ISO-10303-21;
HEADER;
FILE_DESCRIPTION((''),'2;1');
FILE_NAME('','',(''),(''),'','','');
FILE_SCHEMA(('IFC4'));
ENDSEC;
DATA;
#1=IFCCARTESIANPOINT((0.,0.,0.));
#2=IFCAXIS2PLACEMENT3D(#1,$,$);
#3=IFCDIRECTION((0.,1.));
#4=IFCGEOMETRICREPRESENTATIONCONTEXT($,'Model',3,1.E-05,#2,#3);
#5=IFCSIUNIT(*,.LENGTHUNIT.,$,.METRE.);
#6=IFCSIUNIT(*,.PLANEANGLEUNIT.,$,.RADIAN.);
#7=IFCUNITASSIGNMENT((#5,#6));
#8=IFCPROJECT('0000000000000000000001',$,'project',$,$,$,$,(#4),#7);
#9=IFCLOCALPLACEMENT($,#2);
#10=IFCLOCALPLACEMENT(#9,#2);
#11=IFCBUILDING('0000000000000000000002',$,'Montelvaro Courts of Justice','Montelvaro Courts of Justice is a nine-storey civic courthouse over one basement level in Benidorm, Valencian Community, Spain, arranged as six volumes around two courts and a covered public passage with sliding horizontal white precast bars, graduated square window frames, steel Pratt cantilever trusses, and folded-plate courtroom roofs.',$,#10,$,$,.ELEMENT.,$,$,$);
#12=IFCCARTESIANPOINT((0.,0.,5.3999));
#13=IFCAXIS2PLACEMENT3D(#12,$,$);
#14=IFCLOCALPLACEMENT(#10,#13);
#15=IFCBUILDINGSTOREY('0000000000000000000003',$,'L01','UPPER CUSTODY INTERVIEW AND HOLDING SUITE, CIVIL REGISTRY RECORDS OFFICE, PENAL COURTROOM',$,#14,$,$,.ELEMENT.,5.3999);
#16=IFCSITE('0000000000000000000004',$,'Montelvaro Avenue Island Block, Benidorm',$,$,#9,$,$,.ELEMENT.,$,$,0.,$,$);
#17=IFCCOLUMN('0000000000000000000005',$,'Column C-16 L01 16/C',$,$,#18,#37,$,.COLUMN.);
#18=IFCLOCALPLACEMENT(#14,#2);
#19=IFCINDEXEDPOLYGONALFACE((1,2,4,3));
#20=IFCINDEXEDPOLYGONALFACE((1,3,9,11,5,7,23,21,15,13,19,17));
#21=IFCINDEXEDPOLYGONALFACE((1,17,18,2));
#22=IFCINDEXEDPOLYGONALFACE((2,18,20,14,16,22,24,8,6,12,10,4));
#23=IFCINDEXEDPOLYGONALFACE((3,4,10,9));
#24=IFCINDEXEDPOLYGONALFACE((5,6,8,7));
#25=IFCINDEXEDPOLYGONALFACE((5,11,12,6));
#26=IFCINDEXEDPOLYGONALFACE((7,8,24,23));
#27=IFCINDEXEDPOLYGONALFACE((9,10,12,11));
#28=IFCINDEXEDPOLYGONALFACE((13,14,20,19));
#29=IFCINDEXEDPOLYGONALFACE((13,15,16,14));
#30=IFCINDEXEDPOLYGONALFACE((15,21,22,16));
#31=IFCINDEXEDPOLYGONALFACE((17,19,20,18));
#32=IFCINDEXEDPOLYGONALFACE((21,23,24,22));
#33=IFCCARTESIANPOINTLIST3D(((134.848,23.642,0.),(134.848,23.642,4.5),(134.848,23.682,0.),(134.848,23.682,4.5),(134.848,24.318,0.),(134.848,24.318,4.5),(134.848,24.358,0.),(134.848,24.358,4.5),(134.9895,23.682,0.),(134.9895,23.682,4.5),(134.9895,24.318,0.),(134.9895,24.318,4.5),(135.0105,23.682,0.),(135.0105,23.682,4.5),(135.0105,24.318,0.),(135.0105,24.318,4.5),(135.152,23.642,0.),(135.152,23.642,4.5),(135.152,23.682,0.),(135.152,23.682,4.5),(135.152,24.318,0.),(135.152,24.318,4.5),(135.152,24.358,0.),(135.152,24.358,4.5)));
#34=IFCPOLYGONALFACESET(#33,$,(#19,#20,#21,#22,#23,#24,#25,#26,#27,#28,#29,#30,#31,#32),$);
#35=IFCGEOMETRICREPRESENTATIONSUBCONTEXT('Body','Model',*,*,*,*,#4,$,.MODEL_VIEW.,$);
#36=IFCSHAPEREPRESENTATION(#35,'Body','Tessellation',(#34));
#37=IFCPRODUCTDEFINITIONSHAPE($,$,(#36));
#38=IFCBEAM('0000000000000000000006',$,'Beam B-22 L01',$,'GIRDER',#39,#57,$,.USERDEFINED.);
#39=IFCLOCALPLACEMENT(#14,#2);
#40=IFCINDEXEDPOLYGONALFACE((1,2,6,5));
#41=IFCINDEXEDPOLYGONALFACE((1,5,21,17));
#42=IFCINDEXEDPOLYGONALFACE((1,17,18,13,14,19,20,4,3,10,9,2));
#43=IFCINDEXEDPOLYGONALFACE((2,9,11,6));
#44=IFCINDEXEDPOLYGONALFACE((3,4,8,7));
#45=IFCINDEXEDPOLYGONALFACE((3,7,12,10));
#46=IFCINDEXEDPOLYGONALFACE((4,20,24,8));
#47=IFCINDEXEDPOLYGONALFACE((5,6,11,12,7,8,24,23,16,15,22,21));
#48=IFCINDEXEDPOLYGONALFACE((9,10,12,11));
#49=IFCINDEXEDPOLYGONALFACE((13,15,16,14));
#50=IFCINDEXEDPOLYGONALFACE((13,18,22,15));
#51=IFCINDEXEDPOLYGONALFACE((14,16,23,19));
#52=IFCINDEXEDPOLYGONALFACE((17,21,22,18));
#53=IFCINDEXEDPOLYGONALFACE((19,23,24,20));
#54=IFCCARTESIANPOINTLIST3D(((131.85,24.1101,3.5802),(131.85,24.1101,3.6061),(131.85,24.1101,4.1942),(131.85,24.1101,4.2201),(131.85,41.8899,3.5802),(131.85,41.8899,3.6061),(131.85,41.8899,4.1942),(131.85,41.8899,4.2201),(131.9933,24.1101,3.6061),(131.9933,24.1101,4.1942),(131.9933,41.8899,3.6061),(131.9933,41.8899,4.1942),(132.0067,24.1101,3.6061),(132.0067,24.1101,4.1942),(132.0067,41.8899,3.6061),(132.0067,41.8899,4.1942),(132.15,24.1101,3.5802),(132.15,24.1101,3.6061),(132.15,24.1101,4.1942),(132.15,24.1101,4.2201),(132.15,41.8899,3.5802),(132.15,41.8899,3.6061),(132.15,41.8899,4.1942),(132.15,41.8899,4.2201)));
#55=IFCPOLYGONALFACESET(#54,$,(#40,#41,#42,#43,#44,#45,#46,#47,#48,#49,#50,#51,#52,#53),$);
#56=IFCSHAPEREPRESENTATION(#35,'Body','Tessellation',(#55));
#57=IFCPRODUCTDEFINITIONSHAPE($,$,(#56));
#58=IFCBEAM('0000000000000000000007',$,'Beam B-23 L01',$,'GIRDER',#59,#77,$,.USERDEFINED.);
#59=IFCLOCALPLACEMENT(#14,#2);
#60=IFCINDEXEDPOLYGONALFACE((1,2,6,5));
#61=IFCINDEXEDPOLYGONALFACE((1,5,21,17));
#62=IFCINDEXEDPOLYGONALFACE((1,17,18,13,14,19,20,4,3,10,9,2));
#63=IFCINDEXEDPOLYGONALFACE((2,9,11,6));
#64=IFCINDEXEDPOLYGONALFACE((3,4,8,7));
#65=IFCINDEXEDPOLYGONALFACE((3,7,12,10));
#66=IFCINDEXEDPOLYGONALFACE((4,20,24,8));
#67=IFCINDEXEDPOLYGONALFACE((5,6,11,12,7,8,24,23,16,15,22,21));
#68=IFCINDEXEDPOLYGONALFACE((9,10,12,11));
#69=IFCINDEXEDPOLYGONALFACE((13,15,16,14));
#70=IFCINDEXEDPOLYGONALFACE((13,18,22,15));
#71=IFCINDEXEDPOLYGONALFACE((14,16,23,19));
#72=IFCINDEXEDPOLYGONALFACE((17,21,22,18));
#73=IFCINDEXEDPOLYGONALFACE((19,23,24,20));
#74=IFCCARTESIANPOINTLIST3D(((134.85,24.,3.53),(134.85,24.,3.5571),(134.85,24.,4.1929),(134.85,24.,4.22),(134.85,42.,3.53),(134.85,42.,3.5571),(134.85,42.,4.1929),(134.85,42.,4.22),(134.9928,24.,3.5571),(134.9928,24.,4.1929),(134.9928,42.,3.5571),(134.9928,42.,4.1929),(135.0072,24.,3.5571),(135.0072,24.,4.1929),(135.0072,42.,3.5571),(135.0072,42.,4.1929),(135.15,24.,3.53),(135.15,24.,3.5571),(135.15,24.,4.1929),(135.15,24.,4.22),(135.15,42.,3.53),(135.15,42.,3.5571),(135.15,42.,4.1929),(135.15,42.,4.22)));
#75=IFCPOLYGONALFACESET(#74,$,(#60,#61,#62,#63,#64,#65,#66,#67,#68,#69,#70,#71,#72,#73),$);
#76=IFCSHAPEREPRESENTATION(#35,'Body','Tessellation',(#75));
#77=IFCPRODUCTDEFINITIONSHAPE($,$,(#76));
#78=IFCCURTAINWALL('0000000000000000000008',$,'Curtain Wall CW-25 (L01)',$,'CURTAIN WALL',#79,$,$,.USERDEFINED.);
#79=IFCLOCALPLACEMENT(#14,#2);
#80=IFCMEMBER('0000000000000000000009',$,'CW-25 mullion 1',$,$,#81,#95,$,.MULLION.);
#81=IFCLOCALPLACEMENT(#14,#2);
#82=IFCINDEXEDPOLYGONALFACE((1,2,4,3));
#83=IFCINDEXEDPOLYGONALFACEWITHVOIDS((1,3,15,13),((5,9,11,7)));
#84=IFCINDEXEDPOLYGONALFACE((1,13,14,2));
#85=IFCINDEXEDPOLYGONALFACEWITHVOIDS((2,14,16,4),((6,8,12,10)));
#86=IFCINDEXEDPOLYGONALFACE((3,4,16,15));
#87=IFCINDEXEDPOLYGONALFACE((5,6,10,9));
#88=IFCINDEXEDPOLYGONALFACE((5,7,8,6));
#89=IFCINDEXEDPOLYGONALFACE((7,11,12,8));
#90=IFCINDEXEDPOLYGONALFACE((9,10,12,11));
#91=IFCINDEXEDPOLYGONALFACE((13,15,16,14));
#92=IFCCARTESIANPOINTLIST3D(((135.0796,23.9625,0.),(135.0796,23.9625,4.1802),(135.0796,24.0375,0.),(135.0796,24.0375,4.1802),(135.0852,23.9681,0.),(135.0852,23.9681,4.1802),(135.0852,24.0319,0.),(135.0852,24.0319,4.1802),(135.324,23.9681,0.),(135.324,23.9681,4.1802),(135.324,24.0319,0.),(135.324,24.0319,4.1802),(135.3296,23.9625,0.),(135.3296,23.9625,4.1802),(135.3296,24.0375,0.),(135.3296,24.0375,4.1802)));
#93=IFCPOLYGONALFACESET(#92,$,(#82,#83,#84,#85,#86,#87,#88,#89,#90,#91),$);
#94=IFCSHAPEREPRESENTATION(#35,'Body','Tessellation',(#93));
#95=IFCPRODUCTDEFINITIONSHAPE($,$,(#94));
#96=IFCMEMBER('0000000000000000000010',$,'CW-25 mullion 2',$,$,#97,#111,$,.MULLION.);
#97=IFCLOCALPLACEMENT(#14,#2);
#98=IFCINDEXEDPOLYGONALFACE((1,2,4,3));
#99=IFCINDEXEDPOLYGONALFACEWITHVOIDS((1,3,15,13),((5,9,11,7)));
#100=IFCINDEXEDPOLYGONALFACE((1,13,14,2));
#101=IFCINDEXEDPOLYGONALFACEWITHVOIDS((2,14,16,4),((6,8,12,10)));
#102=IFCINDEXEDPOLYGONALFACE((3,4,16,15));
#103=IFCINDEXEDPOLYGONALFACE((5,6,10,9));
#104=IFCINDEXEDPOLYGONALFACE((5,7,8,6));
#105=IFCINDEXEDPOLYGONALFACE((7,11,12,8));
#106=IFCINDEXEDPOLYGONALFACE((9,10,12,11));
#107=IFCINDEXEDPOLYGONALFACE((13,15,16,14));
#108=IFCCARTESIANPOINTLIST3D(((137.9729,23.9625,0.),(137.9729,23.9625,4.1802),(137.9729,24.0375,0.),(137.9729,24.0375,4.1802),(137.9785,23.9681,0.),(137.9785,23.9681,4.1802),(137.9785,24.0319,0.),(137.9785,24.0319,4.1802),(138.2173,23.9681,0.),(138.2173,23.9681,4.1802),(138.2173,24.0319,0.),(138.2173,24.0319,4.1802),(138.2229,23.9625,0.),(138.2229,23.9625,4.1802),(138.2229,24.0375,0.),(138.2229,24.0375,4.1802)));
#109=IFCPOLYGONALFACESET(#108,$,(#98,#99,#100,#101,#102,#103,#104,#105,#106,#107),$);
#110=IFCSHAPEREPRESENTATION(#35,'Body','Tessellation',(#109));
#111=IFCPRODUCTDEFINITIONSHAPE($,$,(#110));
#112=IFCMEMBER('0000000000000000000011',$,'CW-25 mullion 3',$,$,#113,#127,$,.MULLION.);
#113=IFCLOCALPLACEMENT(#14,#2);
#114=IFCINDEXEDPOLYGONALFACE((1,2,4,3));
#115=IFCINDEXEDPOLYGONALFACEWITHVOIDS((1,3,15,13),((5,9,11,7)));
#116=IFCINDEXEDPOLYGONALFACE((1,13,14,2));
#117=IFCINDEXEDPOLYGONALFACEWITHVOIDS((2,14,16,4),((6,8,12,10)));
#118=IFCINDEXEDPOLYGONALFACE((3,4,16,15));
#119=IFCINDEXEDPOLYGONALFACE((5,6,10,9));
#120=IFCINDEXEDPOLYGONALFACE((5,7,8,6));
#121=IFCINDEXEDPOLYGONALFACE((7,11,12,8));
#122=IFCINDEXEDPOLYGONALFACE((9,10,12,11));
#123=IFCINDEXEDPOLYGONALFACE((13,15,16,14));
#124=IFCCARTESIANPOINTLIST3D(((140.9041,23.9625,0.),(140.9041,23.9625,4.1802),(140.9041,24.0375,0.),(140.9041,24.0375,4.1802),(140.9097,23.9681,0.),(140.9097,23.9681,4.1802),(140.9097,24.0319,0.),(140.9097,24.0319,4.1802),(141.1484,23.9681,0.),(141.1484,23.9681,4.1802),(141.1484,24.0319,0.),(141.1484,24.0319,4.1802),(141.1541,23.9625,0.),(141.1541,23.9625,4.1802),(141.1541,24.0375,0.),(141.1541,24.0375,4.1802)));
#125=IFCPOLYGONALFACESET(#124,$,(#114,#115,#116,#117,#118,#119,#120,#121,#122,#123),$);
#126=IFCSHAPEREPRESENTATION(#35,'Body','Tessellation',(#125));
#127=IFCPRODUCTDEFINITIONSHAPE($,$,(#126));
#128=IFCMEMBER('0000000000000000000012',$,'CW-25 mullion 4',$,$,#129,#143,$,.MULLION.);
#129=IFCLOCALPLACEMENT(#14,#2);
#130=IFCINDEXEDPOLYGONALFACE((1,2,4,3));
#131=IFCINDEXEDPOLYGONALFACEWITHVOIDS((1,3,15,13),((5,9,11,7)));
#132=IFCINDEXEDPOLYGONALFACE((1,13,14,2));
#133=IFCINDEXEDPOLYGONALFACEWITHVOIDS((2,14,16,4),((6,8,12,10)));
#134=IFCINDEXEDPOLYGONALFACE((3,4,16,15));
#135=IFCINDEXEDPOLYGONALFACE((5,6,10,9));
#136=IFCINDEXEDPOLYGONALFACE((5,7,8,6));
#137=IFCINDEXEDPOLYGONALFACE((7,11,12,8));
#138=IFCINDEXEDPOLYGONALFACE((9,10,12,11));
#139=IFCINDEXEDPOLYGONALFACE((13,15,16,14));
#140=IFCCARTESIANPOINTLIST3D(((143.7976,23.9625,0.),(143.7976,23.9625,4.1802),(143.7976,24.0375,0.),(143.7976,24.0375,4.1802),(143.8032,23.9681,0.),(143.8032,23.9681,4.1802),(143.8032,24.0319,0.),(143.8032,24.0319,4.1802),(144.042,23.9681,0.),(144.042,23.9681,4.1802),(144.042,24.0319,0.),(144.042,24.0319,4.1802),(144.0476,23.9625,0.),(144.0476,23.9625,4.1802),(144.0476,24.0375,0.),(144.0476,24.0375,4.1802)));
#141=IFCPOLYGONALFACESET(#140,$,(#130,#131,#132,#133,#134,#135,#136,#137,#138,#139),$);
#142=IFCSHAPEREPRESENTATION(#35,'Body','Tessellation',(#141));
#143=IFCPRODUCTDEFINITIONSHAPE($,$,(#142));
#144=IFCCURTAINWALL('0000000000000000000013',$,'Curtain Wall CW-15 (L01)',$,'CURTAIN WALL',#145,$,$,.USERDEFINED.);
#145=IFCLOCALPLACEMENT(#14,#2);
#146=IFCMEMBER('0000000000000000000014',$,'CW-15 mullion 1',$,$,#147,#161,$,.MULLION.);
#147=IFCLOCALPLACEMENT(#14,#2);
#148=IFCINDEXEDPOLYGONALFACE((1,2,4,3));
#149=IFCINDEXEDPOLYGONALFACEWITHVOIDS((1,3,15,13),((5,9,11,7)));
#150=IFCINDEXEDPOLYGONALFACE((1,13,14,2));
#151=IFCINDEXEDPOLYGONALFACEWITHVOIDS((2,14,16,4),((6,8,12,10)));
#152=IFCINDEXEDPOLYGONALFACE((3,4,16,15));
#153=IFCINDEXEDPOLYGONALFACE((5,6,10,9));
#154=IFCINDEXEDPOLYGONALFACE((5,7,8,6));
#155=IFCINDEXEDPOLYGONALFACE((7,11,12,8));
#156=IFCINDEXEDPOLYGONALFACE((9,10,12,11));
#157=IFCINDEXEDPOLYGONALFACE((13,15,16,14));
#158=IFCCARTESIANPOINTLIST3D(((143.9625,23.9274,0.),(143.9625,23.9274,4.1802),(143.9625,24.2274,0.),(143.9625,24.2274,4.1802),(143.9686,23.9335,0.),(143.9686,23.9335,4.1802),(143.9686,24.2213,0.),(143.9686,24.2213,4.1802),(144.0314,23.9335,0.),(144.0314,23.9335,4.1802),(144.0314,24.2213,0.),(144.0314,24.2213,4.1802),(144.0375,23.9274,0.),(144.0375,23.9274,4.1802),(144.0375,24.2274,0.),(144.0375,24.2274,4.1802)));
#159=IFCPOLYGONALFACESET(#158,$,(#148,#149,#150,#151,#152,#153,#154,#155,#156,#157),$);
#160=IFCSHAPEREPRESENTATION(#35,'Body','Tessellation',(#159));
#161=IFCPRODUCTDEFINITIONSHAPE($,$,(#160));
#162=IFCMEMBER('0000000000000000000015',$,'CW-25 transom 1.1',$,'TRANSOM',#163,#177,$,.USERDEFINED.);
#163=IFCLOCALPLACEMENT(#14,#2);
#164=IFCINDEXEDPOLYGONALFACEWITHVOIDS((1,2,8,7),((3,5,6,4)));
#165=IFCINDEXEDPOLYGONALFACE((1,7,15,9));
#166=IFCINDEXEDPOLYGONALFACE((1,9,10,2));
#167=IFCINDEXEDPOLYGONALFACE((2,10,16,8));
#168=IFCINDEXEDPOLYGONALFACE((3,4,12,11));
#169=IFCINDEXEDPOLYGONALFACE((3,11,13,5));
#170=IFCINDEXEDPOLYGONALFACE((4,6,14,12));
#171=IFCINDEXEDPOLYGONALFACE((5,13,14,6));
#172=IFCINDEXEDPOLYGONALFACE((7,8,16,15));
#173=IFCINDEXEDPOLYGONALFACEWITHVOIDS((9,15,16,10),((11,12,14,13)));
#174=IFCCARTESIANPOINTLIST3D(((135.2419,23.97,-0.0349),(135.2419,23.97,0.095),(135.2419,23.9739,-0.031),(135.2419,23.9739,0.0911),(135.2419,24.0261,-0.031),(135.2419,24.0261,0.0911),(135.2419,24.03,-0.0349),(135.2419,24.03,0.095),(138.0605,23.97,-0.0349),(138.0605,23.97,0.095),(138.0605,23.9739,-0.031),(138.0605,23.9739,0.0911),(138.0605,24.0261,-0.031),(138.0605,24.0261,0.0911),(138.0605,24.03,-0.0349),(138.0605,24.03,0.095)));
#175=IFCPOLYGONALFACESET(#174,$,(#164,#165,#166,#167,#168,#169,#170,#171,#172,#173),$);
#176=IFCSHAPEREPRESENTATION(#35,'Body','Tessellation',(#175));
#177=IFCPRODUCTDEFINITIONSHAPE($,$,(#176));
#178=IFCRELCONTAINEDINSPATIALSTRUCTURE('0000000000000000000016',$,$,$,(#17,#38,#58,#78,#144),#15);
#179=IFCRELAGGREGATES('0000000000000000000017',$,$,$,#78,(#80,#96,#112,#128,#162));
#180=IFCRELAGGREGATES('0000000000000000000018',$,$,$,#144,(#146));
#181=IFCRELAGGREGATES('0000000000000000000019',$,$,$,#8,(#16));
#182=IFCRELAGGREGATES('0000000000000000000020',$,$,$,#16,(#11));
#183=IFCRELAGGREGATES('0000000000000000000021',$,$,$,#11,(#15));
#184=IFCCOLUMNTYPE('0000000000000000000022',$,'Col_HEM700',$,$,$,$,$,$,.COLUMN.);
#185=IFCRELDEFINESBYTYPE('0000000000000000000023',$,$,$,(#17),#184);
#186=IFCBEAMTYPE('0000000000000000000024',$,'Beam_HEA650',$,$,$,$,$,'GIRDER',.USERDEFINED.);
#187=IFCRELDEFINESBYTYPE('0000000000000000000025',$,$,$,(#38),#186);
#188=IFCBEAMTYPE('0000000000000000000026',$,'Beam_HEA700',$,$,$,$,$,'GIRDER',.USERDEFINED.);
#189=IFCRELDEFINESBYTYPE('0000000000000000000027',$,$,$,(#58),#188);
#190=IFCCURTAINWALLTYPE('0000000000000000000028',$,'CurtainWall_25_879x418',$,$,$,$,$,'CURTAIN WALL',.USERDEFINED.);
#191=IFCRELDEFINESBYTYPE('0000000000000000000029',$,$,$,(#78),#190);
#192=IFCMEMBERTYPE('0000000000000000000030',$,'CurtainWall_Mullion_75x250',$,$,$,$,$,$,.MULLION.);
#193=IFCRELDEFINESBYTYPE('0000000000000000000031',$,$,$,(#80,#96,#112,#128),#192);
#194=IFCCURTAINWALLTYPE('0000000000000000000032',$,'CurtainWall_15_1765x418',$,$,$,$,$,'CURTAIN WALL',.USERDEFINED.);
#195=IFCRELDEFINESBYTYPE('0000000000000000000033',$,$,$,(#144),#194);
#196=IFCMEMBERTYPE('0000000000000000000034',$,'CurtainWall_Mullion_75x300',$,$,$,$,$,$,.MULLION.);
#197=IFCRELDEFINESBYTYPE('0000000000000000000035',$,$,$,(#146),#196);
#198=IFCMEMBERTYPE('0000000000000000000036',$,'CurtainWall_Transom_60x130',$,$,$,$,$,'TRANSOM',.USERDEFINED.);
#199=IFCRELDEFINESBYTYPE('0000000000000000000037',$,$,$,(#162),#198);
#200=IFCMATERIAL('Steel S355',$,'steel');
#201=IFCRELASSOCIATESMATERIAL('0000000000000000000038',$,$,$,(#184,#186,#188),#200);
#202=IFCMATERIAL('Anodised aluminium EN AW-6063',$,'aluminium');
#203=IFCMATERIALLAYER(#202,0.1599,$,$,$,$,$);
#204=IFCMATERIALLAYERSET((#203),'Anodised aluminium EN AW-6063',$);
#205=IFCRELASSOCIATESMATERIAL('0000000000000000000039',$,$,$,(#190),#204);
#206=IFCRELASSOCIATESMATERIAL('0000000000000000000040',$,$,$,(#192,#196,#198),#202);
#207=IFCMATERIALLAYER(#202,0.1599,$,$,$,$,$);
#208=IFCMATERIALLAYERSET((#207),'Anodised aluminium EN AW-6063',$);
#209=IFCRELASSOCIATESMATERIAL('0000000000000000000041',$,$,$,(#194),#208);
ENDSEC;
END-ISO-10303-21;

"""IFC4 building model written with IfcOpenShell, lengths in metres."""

from ifc_helpers import new_model, si_unit, direction, frame, origin, origin_2d, place, context, subcontext, project, spatial, hollow_rectangle, i_section, extrude, material, layer, layer_set, material_profile, profile_set, type_object, element, aggregate, save


model = new_model("IFC4")

# Units and contexts
model_context = context("Model", 3, precision=1e-05, world=origin(), true_north=direction((0.0, 1.0)))
body_context = subcontext(model_context, "Body", "Model", "MODEL_VIEW")
ifc_project = project(units=[si_unit("LENGTHUNIT", "METRE"), si_unit("PLANEANGLEUNIT", "RADIAN")], contexts=[model_context])

# Site, building, storey
site_placement = place(None, origin())
site = spatial("IfcSite", under=ifc_project, at=site_placement, Name="Montelvaro Avenue Island Block, Benidorm", CompositionType="ELEMENT", RefElevation=0.0)
building_placement = place(site_placement, origin())
building = spatial("IfcBuilding", under=site, at=building_placement, Name="Montelvaro Courts of Justice", Description="Montelvaro Courts of Justice is a nine-storey civic courthouse over one basement level in Benidorm, Valencian Community, Spain, arranged as six volumes around two courts and a covered public passage with sliding horizontal white precast bars, graduated square window frames, steel Pratt cantilever trusses, and folded-plate courtroom roofs.", CompositionType="ELEMENT")
storey_placement = place(building_placement, frame((0.0, 0.0, 5.3999)))
storey = spatial("IfcBuildingStorey", under=building, at=storey_placement, Name="L01", Description="UPPER CUSTODY INTERVIEW AND HOLDING SUITE, CIVIL REGISTRY RECORDS OFFICE, PENAL COURTROOM", CompositionType="ELEMENT", Elevation=5.3999)

# Column
ifc_material_1 = material(Name="Steel S355", Category="steel")
ifc_material_profile_1 = material_profile(ifc_material_1, i_section(OverallWidth=0.304, OverallDepth=0.7161, WebThickness=0.021, FlangeThickness=0.04, at=origin_2d()), Name="HEM 700")
ifc_profile_set_1 = profile_set([ifc_material_profile_1], Name="Steel S355")
column_type = type_object("IfcColumnType", Name="Col_HEM700", PredefinedType="COLUMN", material=ifc_profile_set_1)
column_placement = place(storey_placement, frame((135.0, 24.0, 0.0), z_axis=(0.0, 0.0, 1.0), x_axis=(1.0, 0.0, 0.0)))
element("IfcColumn", 1, at=column_placement, inside=storey, type_object=column_type, Name="Column C-16 L01 16/C", PredefinedType="COLUMN", context=body_context, shape_type="SweptSolid", body=[
    extrude(i_section(OverallWidth=0.304, OverallDepth=0.7161, WebThickness=0.021, FlangeThickness=0.04, at=origin_2d()), origin(), (0.0, 0.0, 1.0), 4.5),
])

# Beams
ifc_material_profile_2 = material_profile(ifc_material_1, i_section(OverallWidth=0.3, OverallDepth=0.6399, WebThickness=0.0134, FlangeThickness=0.0259, at=origin_2d()), Name="HEA 650")
ifc_profile_set_2 = profile_set([ifc_material_profile_2], Name="Steel S355")
beam_type_1 = type_object("IfcBeamType", Name="Beam_HEA650", ElementType="GIRDER", PredefinedType="USERDEFINED", material=ifc_profile_set_2)
beam_1_placement = place(storey_placement, frame((132.0, 24.1101, 3.9001), z_axis=(0.0, 1.0, 0.0), x_axis=(-1.0, 0.0, 0.0)))
element("IfcBeam", 2, at=beam_1_placement, inside=storey, type_object=beam_type_1, Name="Beam B-22 L01", ObjectType="GIRDER", PredefinedType="USERDEFINED", context=body_context, shape_type="SweptSolid", body=[
    extrude(i_section(OverallWidth=0.3, OverallDepth=0.6399, WebThickness=0.0134, FlangeThickness=0.0259, at=origin_2d()), origin(), (0.0, 0.0, 1.0), 17.7798),
])
ifc_material_profile_3 = material_profile(ifc_material_1, i_section(OverallWidth=0.3, OverallDepth=0.6899, WebThickness=0.0144, FlangeThickness=0.0271, at=origin_2d()), Name="HEA 700")
ifc_profile_set_3 = profile_set([ifc_material_profile_3], Name="Steel S355")
beam_type_2 = type_object("IfcBeamType", Name="Beam_HEA700", ElementType="GIRDER", PredefinedType="USERDEFINED", material=ifc_profile_set_3)
beam_2_placement = place(storey_placement, frame((135.0, 24.0, 3.875), z_axis=(0.0, 1.0, 0.0), x_axis=(-1.0, 0.0, 0.0)))
element("IfcBeam", 3, at=beam_2_placement, inside=storey, type_object=beam_type_2, Name="Beam B-23 L01", ObjectType="GIRDER", PredefinedType="USERDEFINED", context=body_context, shape_type="SweptSolid", body=[
    extrude(i_section(OverallWidth=0.3, OverallDepth=0.6899, WebThickness=0.0144, FlangeThickness=0.0271, at=origin_2d()), origin(), (0.0, 0.0, 1.0), 18.0),
])

# Curtain wall, members
ifc_material_2 = material(Name="Anodised aluminium EN AW-6063", Category="aluminium")
ifc_layer_1 = layer(ifc_material_2, 0.1599)
ifc_layer_set_1 = layer_set([ifc_layer_1], Name="Anodised aluminium EN AW-6063")
curtain_wall_type_1 = type_object("IfcCurtainWallType", Name="CurtainWall_25_879x418", ElementType="CURTAIN WALL", PredefinedType="USERDEFINED", material=ifc_layer_set_1)
curtain_wall_1_placement = place(storey_placement, origin())
curtain_wall_1 = element("IfcCurtainWall", 4, at=curtain_wall_1_placement, inside=storey, type_object=curtain_wall_type_1, Name="Curtain Wall CW-25 (L01)", ObjectType="CURTAIN WALL", PredefinedType="USERDEFINED")
ifc_material_profile_4 = material_profile(ifc_material_2, hollow_rectangle(XDim=0.075, YDim=0.25, WallThickness=0.0056, at=origin_2d()), Name="ALU-M 75x250")
ifc_profile_set_4 = profile_set([ifc_material_profile_4], Name="Anodised aluminium EN AW-6063")
member_type_1 = type_object("IfcMemberType", Name="CurtainWall_Mullion_75x250", PredefinedType="MULLION", material=ifc_profile_set_4)
member_1_placement = place(storey_placement, frame((135.2046, 24.0, 0.0), z_axis=(0.0, 0.0, 1.0), x_axis=(0.0, 1.0, 0.0)))
member_1 = element("IfcMember", 5, at=member_1_placement, type_object=member_type_1, Name="CW-25 mullion 1", PredefinedType="MULLION", context=body_context, shape_type="SweptSolid", body=[
    extrude(hollow_rectangle(XDim=0.075, YDim=0.25, WallThickness=0.0056, at=origin_2d()), origin(), (0.0, 0.0, 1.0), 4.1802),
])
member_2_placement = place(storey_placement, frame((138.0979, 24.0, 0.0), z_axis=(0.0, 0.0, 1.0), x_axis=(0.0, 1.0, 0.0)))
member_2 = element("IfcMember", 6, at=member_2_placement, type_object=member_type_1, Name="CW-25 mullion 2", PredefinedType="MULLION", context=body_context, shape_type="SweptSolid", body=[
    extrude(hollow_rectangle(XDim=0.075, YDim=0.25, WallThickness=0.0056, at=origin_2d()), origin(), (0.0, 0.0, 1.0), 4.1802),
])
member_3_placement = place(storey_placement, frame((141.0291, 24.0, 0.0), z_axis=(0.0, 0.0, 1.0), x_axis=(0.0, 1.0, 0.0)))
member_3 = element("IfcMember", 7, at=member_3_placement, type_object=member_type_1, Name="CW-25 mullion 3", PredefinedType="MULLION", context=body_context, shape_type="SweptSolid", body=[
    extrude(hollow_rectangle(XDim=0.075, YDim=0.25, WallThickness=0.0056, at=origin_2d()), origin(), (0.0, 0.0, 1.0), 4.1802),
])
member_4_placement = place(storey_placement, frame((143.9226, 24.0, 0.0), z_axis=(0.0, 0.0, 1.0), x_axis=(0.0, 1.0, 0.0)))
member_4 = element("IfcMember", 8, at=member_4_placement, type_object=member_type_1, Name="CW-25 mullion 4", PredefinedType="MULLION", context=body_context, shape_type="SweptSolid", body=[
    extrude(hollow_rectangle(XDim=0.075, YDim=0.25, WallThickness=0.0056, at=origin_2d()), origin(), (0.0, 0.0, 1.0), 4.1802),
])

# Curtain wall, member
ifc_layer_2 = layer(ifc_material_2, 0.1599)
ifc_layer_set_2 = layer_set([ifc_layer_2], Name="Anodised aluminium EN AW-6063")
curtain_wall_type_2 = type_object("IfcCurtainWallType", Name="CurtainWall_15_1765x418", ElementType="CURTAIN WALL", PredefinedType="USERDEFINED", material=ifc_layer_set_2)
curtain_wall_2_placement = place(storey_placement, origin())
curtain_wall_2 = element("IfcCurtainWall", 9, at=curtain_wall_2_placement, inside=storey, type_object=curtain_wall_type_2, Name="Curtain Wall CW-15 (L01)", ObjectType="CURTAIN WALL", PredefinedType="USERDEFINED")
ifc_material_profile_5 = material_profile(ifc_material_2, hollow_rectangle(XDim=0.075, YDim=0.3, WallThickness=0.0061, at=origin_2d()), Name="ALU-M 75x300")
ifc_profile_set_5 = profile_set([ifc_material_profile_5], Name="Anodised aluminium EN AW-6063")
member_type_2 = type_object("IfcMemberType", Name="CurtainWall_Mullion_75x300", PredefinedType="MULLION", material=ifc_profile_set_5)
member_5_placement = place(storey_placement, frame((144.0, 24.0774, 0.0), z_axis=(0.0, 0.0, 1.0), x_axis=(-1.0, 0.0, 0.0)))
member_5 = element("IfcMember", 10, at=member_5_placement, type_object=member_type_2, Name="CW-15 mullion 1", PredefinedType="MULLION", context=body_context, shape_type="SweptSolid", body=[
    extrude(hollow_rectangle(XDim=0.075, YDim=0.3, WallThickness=0.0061, at=origin_2d()), origin(), (0.0, 0.0, 1.0), 4.1802),
])

# Member
ifc_material_profile_6 = material_profile(ifc_material_2, hollow_rectangle(XDim=0.0601, YDim=0.1299, WallThickness=0.0039, at=origin_2d()), Name="ALU-T 60x130")
ifc_profile_set_6 = profile_set([ifc_material_profile_6], Name="Anodised aluminium EN AW-6063")
member_type_3 = type_object("IfcMemberType", Name="CurtainWall_Transom_60x130", ElementType="TRANSOM", PredefinedType="USERDEFINED", material=ifc_profile_set_6)
member_6_placement = place(storey_placement, frame((135.2419, 24.0, 0.03), z_axis=(1.0, 0.0, 0.0), x_axis=(0.0, 1.0, 0.0)))
member_6 = element("IfcMember", 11, at=member_6_placement, type_object=member_type_3, Name="CW-25 transom 1.1", ObjectType="TRANSOM", PredefinedType="USERDEFINED", context=body_context, shape_type="SweptSolid", body=[
    extrude(hollow_rectangle(XDim=0.0601, YDim=0.1299, WallThickness=0.0039, at=origin_2d()), origin(), (0.0, 0.0, 1.0), 2.8186),
])

aggregate(curtain_wall_1, [member_1, member_2, member_3, member_4, member_6])
aggregate(curtain_wall_2, [member_5])

save(model, "model.ifc")
